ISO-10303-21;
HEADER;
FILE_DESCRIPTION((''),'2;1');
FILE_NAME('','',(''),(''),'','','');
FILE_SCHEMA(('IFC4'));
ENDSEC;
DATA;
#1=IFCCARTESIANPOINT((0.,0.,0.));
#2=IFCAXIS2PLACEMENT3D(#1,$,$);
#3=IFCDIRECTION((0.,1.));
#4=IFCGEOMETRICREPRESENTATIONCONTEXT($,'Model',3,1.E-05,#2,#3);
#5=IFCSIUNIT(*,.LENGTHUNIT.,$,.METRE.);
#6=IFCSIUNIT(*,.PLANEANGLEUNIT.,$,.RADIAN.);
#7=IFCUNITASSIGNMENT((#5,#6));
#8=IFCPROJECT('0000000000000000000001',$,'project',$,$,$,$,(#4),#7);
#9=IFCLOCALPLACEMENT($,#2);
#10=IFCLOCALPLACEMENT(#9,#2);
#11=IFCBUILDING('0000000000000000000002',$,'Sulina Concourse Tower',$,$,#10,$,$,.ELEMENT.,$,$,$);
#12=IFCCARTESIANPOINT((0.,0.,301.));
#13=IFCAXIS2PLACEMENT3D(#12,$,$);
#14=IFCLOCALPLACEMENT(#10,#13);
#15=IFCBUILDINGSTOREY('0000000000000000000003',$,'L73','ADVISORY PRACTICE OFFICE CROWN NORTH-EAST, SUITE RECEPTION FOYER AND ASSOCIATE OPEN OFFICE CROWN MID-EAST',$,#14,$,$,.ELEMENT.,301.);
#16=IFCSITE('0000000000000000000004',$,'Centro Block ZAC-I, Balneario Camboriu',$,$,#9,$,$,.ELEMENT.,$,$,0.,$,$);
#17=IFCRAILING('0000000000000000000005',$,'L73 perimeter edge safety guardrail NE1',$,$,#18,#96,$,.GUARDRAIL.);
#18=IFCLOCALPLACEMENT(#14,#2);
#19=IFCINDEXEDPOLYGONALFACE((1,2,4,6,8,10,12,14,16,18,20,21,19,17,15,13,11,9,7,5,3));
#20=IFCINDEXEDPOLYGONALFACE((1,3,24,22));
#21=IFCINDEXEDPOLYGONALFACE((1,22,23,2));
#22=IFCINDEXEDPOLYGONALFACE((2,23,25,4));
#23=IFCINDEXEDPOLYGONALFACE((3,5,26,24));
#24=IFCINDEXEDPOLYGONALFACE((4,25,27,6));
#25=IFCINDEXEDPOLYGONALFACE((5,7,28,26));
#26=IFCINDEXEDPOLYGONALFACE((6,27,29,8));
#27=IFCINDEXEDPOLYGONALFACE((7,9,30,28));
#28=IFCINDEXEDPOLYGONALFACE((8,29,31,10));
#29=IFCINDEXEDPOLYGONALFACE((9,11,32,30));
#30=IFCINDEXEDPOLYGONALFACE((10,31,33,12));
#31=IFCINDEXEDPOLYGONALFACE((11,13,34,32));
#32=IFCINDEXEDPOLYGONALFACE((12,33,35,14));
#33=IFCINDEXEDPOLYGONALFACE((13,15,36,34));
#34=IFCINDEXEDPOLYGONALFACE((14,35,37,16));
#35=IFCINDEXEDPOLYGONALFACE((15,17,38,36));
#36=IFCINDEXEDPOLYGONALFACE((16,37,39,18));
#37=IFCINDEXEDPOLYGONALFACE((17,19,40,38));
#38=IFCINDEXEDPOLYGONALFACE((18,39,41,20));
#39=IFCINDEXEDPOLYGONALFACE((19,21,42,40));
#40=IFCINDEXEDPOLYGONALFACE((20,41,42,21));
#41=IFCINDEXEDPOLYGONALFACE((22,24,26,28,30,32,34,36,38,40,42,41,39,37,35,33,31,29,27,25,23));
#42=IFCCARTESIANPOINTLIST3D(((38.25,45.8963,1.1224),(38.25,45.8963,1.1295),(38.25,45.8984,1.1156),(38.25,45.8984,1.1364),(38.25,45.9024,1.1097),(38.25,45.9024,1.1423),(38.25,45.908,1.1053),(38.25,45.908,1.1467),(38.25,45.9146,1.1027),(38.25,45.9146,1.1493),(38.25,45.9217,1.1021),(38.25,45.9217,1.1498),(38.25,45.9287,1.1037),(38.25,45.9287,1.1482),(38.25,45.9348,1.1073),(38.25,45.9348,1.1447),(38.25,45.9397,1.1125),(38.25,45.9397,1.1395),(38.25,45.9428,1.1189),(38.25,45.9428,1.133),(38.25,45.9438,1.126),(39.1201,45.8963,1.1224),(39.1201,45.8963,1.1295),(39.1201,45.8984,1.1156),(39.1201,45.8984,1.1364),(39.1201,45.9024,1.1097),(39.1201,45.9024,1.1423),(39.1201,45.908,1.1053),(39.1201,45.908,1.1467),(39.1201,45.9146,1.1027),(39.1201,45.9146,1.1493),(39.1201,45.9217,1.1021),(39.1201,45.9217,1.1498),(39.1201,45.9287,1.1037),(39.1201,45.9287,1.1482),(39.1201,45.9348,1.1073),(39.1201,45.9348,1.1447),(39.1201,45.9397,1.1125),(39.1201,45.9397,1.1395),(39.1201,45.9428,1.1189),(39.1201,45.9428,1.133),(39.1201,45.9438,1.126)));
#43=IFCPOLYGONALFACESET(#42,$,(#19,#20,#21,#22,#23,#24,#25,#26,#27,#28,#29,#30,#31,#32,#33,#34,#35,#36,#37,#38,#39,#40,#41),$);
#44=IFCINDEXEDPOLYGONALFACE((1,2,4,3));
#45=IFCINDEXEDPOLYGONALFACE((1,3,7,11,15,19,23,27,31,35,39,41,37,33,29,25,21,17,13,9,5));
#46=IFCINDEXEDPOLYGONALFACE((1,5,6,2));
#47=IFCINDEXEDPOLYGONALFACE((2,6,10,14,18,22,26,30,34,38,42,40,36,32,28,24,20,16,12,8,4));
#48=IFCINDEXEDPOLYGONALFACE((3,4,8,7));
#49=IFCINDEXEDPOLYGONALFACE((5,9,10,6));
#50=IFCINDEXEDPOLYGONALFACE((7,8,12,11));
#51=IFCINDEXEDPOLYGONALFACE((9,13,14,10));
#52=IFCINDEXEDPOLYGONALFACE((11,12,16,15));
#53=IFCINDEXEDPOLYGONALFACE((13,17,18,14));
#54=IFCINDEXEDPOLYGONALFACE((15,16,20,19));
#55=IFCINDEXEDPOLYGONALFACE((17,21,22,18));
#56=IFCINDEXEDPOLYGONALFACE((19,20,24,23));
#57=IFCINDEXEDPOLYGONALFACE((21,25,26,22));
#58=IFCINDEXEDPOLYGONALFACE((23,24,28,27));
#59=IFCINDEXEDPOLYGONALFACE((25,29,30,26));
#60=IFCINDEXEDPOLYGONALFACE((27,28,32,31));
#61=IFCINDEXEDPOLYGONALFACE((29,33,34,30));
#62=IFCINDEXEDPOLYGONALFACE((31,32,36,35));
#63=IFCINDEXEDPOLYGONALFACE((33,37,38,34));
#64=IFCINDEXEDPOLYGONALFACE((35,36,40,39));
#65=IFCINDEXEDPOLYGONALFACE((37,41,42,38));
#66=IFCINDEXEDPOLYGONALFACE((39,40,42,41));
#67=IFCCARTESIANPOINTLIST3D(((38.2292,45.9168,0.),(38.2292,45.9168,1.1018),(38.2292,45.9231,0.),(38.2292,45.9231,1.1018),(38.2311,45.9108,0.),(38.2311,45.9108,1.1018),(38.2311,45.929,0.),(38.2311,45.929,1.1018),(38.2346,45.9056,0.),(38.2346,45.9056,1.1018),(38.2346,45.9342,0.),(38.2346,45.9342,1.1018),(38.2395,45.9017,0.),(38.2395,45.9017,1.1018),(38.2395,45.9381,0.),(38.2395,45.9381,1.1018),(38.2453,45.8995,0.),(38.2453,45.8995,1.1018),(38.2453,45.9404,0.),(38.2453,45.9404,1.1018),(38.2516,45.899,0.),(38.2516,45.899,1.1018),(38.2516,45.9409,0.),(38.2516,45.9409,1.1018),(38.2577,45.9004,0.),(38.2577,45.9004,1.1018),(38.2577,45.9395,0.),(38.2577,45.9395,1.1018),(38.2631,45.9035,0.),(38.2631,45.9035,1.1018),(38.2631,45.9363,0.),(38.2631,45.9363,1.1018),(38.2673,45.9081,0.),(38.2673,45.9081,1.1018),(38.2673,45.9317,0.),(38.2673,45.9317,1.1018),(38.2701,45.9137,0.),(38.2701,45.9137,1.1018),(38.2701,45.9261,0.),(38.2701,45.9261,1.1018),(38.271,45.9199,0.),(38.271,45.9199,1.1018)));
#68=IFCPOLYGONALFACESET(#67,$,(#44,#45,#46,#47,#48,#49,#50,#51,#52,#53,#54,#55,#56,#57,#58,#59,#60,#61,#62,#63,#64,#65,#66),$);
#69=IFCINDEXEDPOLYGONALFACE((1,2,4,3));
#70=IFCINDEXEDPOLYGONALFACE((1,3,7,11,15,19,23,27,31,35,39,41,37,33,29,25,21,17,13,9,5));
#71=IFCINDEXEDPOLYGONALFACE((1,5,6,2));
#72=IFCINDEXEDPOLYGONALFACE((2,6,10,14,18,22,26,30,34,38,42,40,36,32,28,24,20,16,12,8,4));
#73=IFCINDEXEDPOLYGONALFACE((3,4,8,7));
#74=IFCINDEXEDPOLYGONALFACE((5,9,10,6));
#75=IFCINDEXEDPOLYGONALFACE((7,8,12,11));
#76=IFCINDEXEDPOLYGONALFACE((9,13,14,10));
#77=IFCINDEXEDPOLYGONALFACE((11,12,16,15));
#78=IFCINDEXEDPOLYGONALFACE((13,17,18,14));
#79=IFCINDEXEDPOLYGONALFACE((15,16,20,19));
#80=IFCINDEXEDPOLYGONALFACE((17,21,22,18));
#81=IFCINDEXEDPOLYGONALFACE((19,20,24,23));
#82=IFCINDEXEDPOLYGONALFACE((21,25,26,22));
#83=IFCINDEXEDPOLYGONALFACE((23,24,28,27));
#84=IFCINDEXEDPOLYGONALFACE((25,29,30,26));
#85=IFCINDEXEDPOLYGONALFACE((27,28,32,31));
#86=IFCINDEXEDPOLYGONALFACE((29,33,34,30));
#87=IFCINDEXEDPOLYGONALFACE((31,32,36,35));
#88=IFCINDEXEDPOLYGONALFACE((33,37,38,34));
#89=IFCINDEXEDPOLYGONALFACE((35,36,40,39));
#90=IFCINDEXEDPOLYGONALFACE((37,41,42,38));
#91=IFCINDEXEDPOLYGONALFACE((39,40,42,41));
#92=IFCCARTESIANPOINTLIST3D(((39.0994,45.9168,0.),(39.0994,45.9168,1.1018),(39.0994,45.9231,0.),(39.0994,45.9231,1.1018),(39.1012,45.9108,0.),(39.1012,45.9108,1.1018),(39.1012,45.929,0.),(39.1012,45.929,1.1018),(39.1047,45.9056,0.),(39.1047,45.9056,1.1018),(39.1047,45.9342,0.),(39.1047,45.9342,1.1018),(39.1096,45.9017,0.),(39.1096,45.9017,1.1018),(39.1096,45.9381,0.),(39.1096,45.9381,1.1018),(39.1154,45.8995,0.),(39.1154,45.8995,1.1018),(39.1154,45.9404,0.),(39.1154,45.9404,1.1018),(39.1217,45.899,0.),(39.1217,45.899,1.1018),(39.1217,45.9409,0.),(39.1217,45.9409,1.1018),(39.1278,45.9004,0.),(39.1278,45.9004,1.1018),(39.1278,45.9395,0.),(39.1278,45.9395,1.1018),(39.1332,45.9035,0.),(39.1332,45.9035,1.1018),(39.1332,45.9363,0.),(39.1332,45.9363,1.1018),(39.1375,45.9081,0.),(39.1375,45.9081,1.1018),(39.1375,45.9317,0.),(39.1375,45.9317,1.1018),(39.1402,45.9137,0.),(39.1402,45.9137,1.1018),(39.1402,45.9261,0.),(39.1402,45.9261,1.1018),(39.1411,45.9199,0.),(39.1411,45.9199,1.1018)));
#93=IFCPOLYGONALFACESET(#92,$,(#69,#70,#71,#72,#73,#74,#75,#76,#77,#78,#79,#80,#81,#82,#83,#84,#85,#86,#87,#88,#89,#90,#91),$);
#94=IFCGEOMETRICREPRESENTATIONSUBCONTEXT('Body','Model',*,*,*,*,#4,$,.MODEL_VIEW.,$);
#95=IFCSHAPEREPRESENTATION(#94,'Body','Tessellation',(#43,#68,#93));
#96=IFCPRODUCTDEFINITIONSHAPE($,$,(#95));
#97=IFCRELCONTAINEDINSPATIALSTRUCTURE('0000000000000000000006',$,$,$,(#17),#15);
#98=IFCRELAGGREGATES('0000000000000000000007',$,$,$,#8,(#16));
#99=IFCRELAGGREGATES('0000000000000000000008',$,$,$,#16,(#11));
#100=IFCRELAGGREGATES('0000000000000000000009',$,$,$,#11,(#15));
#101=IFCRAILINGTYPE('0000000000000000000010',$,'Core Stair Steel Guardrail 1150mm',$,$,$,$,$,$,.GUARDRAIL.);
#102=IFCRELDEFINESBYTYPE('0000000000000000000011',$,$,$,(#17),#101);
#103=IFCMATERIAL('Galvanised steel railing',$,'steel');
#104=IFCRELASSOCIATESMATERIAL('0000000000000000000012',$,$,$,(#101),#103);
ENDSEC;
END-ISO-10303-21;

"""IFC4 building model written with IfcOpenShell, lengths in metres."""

from ifc_helpers import new_model, si_unit, direction, frame, origin, origin_2d, place, context, subcontext, project, spatial, circle, extrude, material, type_object, element, save


model = new_model("IFC4")

# Units and contexts
model_context = context("Model", 3, precision=1e-05, world=origin(), true_north=direction((0.0, 1.0)))
body_context = subcontext(model_context, "Body", "Model", "MODEL_VIEW")
ifc_project = project(units=[si_unit("LENGTHUNIT", "METRE"), si_unit("PLANEANGLEUNIT", "RADIAN")], contexts=[model_context])

# Site, building, storey
site_placement = place(None, origin())
site = spatial("IfcSite", under=ifc_project, at=site_placement, Name="Centro Block ZAC-I, Balneario Camboriu", CompositionType="ELEMENT", RefElevation=0.0)
building_placement = place(site_placement, origin())
building = spatial("IfcBuilding", under=site, at=building_placement, Name="Sulina Concourse Tower", CompositionType="ELEMENT")
storey_placement = place(building_placement, frame((0.0, 0.0, 301.0)))
storey = spatial("IfcBuildingStorey", under=building, at=storey_placement, Name="L73", Description="ADVISORY PRACTICE OFFICE CROWN NORTH-EAST, SUITE RECEPTION FOYER AND ASSOCIATE OPEN OFFICE CROWN MID-EAST", CompositionType="ELEMENT", Elevation=301.0)

# Railing
ifc_material_1 = material(Name="Galvanised steel railing", Category="steel")
railing_type = type_object("IfcRailingType", Name="Core Stair Steel Guardrail 1150mm", PredefinedType="GUARDRAIL", material=ifc_material_1)
railing_1_placement = place(storey_placement, frame((38.25, 45.9199, 0.0)))
element("IfcRailing", 1, at=railing_1_placement, inside=storey, type_object=railing_type, Name="L73 perimeter edge safety guardrail NE1", PredefinedType="GUARDRAIL", context=body_context, shape_type="SweptSolid", body=[
    extrude(circle(Radius=0.0239, at=origin_2d()), frame((0.0, 0.0, 1.126), z_axis=(1.0, 0.0, 0.0), x_axis=(0.0, 1.0, 0.0)), (0.0, 0.0, 1.0), 0.8701),
    extrude(circle(Radius=0.021, at=origin_2d()), origin(), (0.0, 0.0, 1.0), 1.1018),
    extrude(circle(Radius=0.021, at=origin_2d()), frame((0.8701, 0.0, 0.0)), (0.0, 0.0, 1.0), 1.1018),
])

save(model, "model.ifc")
